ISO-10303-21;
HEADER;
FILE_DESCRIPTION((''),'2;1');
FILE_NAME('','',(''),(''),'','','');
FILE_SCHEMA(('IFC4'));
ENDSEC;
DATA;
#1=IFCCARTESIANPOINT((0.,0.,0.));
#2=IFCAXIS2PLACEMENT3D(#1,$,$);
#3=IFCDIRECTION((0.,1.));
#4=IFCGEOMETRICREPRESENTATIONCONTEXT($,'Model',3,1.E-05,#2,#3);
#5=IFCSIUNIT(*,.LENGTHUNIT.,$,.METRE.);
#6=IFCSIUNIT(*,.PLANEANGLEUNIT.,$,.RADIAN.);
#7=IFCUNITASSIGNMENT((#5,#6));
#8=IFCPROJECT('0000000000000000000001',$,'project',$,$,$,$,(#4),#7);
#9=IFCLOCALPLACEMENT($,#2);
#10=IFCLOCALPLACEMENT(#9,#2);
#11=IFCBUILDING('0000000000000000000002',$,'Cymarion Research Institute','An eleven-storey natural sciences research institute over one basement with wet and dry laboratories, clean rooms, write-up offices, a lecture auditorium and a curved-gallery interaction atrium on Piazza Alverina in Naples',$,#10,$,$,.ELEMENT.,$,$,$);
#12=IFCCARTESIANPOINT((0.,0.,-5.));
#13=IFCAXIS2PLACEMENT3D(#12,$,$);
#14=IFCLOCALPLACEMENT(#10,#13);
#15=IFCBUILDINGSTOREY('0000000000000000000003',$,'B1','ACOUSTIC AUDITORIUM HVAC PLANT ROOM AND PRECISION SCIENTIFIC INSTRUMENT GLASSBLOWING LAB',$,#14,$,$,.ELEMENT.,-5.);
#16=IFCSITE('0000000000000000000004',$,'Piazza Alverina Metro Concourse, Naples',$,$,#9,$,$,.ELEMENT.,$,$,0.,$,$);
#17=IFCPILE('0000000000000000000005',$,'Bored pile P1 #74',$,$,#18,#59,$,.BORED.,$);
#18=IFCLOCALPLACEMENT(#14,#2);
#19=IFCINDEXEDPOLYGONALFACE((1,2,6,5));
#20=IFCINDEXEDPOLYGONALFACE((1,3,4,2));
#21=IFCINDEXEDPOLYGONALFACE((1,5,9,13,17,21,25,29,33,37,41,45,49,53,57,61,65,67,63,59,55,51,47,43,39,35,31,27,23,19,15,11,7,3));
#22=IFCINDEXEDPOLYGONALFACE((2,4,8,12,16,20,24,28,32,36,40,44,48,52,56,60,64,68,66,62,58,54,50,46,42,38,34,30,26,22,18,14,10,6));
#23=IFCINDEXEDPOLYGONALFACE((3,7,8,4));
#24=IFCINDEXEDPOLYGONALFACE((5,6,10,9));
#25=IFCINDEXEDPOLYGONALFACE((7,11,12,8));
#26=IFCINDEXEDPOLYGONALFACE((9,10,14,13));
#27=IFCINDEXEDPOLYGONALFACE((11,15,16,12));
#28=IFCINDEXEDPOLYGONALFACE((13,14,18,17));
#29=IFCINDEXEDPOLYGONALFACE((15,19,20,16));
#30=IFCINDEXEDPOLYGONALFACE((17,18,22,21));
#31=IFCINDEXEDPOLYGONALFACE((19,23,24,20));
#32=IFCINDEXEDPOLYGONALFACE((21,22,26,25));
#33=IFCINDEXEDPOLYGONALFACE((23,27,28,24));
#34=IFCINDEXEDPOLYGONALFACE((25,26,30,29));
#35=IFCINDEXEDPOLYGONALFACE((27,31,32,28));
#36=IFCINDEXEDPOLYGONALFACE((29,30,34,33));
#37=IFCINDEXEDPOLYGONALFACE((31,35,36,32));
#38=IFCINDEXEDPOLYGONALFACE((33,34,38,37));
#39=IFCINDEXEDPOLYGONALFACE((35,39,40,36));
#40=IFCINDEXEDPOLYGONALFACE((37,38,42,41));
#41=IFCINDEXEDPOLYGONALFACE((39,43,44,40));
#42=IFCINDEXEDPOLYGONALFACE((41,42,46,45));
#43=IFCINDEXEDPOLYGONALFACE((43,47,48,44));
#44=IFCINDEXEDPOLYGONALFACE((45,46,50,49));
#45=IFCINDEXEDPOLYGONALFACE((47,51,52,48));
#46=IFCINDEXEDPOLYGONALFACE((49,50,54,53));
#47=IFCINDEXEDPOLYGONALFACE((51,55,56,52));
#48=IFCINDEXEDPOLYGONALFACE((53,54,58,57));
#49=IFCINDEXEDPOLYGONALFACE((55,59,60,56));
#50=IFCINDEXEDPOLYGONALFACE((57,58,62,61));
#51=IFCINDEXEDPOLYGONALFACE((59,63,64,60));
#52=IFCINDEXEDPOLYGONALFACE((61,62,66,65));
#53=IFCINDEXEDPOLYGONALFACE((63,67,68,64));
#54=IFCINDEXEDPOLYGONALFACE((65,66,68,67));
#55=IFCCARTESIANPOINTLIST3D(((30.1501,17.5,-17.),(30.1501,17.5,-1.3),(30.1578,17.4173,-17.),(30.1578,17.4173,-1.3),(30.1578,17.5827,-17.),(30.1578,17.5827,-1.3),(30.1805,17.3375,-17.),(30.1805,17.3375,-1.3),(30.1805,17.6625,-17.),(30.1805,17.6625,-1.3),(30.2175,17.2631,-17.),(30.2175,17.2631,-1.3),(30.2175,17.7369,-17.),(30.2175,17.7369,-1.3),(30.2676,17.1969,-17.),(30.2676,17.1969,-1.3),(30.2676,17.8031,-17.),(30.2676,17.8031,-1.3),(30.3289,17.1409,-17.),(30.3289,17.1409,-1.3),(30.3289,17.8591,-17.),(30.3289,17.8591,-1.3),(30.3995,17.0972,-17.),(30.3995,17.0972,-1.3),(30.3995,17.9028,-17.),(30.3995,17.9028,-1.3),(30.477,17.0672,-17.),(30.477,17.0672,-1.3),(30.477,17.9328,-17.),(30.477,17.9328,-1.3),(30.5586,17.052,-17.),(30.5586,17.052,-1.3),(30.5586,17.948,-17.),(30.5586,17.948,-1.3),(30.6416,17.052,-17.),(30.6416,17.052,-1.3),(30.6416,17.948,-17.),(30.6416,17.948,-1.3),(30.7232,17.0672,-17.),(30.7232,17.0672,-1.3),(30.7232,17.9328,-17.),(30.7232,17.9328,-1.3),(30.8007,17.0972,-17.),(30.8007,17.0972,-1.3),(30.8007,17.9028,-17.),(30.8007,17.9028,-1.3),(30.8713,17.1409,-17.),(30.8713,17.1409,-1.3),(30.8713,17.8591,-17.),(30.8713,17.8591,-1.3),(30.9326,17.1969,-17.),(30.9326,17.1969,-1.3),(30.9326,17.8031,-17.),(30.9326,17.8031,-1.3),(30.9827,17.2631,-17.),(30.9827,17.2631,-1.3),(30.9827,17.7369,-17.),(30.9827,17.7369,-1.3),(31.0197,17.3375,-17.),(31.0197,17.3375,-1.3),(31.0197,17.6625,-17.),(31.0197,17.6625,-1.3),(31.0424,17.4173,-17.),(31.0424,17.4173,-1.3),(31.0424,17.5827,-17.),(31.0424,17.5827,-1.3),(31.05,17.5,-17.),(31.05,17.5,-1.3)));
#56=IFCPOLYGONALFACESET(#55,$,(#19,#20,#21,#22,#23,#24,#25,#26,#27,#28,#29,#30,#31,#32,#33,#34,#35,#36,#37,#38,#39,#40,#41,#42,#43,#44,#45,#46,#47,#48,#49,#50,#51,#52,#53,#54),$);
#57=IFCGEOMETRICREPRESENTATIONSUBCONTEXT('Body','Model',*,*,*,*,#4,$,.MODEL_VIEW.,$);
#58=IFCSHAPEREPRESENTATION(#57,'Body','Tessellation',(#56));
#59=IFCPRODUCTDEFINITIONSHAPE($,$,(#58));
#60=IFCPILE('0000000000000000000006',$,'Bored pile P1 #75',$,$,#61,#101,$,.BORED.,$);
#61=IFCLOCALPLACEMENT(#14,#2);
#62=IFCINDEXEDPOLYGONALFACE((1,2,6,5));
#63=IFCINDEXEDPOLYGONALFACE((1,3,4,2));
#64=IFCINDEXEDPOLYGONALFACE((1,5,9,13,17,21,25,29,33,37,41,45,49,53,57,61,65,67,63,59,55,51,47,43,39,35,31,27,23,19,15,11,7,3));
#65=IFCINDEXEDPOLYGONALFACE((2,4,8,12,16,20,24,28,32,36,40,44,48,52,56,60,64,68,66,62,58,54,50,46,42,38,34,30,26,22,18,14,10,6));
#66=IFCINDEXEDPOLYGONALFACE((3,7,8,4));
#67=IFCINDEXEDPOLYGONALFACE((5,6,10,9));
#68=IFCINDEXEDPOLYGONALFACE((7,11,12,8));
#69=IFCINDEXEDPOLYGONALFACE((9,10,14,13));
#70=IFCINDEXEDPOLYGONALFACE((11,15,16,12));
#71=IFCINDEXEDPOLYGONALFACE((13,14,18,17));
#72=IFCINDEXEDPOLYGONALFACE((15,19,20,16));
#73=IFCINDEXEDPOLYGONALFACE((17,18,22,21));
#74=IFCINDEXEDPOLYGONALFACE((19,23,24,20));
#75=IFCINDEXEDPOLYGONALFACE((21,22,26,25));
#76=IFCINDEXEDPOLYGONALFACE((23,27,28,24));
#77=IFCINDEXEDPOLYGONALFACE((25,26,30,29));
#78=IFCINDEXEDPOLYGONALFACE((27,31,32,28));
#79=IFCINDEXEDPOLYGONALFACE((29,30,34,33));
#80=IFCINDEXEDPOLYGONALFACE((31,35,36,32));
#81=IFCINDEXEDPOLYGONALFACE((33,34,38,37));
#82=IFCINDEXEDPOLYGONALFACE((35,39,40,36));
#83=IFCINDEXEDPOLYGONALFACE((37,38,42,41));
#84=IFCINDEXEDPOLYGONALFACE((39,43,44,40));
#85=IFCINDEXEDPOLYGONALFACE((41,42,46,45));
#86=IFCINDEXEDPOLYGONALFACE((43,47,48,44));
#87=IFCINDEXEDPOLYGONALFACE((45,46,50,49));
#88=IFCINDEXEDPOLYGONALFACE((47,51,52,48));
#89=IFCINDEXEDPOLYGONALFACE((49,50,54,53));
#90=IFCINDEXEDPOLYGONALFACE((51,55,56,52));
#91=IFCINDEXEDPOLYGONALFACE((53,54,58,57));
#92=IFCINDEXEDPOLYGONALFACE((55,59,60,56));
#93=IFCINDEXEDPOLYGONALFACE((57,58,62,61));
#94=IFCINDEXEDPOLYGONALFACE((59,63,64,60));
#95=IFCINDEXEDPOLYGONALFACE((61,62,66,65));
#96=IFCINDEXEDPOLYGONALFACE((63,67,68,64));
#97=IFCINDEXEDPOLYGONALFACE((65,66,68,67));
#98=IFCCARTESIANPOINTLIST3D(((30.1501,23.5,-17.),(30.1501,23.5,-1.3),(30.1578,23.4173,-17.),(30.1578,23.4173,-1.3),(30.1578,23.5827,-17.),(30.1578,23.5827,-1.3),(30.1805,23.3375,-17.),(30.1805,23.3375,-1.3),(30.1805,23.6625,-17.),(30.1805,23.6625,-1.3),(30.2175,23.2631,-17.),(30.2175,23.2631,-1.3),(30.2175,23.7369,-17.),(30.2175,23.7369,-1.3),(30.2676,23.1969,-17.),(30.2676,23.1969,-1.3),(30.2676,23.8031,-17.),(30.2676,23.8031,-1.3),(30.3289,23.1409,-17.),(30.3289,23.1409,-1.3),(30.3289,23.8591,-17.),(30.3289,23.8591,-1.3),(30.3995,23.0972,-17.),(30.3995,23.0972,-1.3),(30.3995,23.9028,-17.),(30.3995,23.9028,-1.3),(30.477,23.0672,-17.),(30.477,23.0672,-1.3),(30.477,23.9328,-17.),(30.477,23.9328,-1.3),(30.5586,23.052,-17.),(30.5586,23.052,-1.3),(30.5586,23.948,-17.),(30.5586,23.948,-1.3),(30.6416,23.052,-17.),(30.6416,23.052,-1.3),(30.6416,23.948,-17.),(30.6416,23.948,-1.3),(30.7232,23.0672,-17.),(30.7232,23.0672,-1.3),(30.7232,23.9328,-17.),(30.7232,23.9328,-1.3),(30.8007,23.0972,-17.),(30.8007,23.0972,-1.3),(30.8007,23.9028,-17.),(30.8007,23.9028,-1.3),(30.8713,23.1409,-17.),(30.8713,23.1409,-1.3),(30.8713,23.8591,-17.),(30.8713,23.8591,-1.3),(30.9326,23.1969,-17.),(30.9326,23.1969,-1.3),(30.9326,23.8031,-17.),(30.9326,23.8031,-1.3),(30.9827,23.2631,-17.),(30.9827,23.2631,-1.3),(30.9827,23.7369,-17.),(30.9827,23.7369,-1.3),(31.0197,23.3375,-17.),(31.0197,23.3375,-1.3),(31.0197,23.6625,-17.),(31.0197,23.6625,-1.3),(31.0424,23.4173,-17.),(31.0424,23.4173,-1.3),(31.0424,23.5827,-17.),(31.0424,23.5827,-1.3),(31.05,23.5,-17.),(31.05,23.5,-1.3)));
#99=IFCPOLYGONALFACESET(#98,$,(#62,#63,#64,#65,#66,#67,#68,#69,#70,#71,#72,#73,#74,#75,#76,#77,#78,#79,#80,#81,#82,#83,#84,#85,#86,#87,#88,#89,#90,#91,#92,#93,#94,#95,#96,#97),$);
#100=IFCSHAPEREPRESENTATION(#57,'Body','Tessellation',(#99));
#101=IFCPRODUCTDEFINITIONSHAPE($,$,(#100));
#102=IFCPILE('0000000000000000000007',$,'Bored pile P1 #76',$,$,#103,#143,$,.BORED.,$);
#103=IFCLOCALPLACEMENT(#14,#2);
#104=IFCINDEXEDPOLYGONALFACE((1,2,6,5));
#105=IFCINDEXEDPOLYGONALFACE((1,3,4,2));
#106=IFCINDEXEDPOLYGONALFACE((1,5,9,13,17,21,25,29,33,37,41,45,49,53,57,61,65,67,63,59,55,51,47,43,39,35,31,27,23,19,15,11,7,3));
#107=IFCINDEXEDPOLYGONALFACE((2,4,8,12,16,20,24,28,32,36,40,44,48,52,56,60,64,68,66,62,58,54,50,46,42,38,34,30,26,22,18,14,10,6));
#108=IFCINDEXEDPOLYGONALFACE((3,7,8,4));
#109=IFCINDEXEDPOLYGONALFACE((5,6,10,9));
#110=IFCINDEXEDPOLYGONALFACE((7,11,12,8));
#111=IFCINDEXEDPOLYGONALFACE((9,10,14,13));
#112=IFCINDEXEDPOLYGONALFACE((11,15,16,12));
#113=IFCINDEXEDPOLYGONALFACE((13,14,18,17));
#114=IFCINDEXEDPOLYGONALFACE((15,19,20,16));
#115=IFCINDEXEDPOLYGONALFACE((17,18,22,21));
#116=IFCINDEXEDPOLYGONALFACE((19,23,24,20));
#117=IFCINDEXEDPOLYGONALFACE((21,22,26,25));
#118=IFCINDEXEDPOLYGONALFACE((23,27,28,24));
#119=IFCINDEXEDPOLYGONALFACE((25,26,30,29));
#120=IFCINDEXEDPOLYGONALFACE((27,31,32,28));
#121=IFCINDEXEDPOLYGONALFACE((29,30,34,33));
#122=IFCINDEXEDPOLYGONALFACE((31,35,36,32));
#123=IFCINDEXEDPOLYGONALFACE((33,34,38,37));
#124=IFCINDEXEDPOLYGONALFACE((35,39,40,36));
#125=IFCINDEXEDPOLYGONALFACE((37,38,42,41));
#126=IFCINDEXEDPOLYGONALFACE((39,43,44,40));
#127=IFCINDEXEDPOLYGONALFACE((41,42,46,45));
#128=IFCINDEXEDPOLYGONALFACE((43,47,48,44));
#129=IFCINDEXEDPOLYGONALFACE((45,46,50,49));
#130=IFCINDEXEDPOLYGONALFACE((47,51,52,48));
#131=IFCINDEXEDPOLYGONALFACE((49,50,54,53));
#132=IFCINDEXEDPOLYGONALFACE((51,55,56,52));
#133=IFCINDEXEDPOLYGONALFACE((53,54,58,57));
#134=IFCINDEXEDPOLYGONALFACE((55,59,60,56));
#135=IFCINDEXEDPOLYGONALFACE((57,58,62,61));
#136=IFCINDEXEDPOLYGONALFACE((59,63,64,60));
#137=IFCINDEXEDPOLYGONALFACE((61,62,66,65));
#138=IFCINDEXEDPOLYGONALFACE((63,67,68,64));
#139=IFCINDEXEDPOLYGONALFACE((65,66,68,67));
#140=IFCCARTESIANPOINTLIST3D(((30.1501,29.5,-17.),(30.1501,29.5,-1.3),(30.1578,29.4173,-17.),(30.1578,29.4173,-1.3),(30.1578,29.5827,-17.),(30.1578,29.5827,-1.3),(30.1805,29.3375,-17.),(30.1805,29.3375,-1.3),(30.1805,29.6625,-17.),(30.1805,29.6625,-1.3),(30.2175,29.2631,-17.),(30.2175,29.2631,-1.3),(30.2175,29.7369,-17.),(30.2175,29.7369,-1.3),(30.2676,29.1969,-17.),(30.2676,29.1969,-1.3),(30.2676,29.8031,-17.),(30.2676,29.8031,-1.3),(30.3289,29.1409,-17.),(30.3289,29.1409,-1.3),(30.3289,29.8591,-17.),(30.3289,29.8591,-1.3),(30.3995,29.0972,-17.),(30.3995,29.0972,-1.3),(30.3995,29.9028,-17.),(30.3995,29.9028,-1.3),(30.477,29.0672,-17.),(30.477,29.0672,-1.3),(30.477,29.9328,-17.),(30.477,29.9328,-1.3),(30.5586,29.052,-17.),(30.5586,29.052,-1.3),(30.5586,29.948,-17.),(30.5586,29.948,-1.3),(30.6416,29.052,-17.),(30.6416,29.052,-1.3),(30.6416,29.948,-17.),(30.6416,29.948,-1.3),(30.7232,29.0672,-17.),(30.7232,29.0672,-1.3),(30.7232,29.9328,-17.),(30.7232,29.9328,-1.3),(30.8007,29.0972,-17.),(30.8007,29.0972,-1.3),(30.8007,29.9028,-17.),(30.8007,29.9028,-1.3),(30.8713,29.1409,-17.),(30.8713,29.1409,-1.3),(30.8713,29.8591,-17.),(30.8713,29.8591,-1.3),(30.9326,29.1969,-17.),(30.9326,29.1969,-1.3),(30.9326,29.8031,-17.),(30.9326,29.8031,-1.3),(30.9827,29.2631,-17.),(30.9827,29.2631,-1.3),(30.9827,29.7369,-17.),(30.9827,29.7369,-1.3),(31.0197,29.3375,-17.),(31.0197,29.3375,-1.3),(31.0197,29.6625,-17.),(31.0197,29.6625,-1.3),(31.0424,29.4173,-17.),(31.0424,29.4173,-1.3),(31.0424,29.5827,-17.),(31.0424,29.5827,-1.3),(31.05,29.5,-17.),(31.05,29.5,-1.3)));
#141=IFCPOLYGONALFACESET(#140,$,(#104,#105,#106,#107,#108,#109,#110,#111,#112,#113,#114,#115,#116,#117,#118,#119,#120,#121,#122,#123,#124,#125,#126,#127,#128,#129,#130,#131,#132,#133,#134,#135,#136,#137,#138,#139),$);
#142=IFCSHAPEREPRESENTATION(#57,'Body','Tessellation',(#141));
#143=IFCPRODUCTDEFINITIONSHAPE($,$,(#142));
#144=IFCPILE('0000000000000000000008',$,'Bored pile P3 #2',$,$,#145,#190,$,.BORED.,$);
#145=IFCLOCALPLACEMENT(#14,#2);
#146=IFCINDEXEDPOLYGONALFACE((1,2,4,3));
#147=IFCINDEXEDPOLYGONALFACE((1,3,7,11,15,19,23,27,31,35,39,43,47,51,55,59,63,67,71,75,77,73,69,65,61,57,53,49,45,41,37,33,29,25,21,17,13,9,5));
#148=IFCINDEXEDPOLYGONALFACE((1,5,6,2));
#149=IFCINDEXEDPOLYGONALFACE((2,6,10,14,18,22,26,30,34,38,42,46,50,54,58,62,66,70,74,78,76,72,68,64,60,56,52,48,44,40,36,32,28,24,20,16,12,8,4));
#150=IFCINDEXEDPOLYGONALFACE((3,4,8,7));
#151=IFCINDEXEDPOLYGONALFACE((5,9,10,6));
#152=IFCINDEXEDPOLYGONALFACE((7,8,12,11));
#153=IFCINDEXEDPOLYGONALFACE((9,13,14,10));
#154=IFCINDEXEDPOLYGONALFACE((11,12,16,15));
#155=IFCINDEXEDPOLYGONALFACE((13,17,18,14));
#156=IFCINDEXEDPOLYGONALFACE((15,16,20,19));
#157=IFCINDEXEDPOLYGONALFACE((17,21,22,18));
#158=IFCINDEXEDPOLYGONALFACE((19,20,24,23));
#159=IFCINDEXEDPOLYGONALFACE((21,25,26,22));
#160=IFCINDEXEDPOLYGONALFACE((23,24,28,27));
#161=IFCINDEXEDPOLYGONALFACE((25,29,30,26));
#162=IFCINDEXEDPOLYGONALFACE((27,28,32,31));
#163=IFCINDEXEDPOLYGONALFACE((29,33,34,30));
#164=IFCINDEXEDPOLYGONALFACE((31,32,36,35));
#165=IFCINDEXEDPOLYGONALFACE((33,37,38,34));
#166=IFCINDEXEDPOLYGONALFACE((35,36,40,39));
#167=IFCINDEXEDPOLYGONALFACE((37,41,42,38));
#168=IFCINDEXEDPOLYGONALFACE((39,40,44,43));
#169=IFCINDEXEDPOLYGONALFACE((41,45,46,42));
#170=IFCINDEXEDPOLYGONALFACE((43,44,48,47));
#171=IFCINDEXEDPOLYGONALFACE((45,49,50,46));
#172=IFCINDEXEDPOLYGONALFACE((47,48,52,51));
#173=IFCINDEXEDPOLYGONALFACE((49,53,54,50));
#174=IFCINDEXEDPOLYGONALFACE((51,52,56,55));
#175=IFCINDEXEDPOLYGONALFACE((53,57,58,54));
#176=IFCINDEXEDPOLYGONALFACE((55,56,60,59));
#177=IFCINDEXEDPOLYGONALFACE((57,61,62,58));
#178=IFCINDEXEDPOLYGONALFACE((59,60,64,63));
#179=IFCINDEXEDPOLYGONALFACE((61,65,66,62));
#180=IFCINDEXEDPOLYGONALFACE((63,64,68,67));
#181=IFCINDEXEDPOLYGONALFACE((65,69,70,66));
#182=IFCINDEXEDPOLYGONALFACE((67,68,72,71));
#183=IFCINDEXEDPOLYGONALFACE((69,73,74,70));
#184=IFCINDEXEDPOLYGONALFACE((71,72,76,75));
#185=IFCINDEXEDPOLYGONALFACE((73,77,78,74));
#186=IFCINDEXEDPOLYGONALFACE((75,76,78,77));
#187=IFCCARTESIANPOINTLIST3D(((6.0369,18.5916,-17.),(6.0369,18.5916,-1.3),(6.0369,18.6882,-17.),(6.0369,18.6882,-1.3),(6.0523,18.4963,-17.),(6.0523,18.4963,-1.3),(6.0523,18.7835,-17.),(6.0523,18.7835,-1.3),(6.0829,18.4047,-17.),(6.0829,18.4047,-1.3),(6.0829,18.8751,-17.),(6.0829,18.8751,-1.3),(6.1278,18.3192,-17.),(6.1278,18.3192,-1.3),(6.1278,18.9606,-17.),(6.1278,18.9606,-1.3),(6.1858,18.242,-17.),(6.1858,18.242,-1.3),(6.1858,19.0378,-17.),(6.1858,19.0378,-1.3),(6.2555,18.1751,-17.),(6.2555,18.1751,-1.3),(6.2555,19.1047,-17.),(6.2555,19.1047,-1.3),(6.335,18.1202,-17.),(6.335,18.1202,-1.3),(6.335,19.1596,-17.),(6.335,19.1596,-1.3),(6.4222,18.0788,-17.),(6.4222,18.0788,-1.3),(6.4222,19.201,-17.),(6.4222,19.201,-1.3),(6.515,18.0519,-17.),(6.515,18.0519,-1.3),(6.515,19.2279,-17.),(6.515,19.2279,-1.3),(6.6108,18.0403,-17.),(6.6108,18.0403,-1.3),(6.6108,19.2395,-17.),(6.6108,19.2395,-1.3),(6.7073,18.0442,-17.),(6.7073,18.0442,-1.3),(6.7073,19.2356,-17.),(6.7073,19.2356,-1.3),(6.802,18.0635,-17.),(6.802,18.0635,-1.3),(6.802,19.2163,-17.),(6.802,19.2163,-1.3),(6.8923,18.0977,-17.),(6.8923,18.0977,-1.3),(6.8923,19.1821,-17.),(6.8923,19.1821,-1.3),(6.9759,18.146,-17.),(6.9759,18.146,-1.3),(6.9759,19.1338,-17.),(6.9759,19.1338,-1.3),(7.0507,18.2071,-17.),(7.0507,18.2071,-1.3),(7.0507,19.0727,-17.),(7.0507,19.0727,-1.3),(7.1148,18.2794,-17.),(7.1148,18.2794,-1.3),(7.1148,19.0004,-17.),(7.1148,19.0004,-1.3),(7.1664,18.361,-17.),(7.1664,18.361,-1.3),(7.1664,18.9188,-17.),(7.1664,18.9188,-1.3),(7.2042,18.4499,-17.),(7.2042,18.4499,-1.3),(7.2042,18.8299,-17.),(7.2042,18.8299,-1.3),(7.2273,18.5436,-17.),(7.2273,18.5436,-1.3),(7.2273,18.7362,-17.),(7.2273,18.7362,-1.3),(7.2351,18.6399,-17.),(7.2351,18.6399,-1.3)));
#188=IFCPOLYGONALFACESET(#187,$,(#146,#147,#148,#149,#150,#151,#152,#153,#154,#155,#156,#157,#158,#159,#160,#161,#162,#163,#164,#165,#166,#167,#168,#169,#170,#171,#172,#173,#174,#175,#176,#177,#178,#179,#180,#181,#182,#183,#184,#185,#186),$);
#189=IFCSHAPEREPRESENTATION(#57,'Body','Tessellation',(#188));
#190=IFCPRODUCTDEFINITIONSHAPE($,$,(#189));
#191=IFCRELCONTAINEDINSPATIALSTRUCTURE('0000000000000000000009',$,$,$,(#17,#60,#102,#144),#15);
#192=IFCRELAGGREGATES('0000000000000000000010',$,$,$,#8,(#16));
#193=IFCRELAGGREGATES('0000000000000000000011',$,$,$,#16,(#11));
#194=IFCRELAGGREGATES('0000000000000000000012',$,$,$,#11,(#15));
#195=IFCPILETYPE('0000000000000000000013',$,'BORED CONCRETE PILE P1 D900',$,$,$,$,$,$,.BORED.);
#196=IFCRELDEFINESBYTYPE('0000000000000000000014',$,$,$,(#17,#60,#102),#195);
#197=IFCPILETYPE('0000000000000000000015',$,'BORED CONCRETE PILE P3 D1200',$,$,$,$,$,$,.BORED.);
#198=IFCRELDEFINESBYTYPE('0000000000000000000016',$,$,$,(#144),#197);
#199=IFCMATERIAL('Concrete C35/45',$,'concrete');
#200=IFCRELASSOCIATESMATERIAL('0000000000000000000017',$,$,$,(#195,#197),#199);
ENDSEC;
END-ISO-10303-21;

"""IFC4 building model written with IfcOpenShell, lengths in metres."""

from ifc_helpers import new_model, si_unit, direction, frame, origin, origin_2d, place, context, subcontext, project, spatial, circle, extrude, material, material_profile, profile_set, type_object, element, save


model = new_model("IFC4")

# Units and contexts
model_context = context("Model", 3, precision=1e-05, world=origin(), true_north=direction((0.0, 1.0)))
body_context = subcontext(model_context, "Body", "Model", "MODEL_VIEW")
ifc_project = project(units=[si_unit("LENGTHUNIT", "METRE"), si_unit("PLANEANGLEUNIT", "RADIAN")], contexts=[model_context])

# Site, building, storey
site_placement = place(None, origin())
site = spatial("IfcSite", under=ifc_project, at=site_placement, Name="Piazza Alverina Metro Concourse, Naples", CompositionType="ELEMENT", RefElevation=0.0)
building_placement = place(site_placement, origin())
building = spatial("IfcBuilding", under=site, at=building_placement, Name="Cymarion Research Institute", Description="An eleven-storey natural sciences research institute over one basement with wet and dry laboratories, clean rooms, write-up offices, a lecture auditorium and a curved-gallery interaction atrium on Piazza Alverina in Naples", CompositionType="ELEMENT")
storey_placement = place(building_placement, frame((0.0, 0.0, -5.0)))
storey = spatial("IfcBuildingStorey", under=building, at=storey_placement, Name="B1", Description="ACOUSTIC AUDITORIUM HVAC PLANT ROOM AND PRECISION SCIENTIFIC INSTRUMENT GLASSBLOWING LAB", CompositionType="ELEMENT", Elevation=-5.0)

# Piles
ifc_material_1 = material(Name="Concrete C35/45", Category="concrete")
ifc_material_profile_1 = material_profile(ifc_material_1, circle(Radius=0.45, at=origin_2d()), Name="BORED PILE D900")
ifc_profile_set_1 = profile_set([ifc_material_profile_1], Name="Concrete C35/45")
pile_type_1 = type_object("IfcPileType", Name="BORED CONCRETE PILE P1 D900", PredefinedType="BORED", material=ifc_profile_set_1)
for number, where, z_axis, x_axis, name in (
    (1, (30.6001, 17.5, -1.3), (0.0, 0.0, -1.0), (1.0, 0.0, 0.0), "Bored pile P1 #74"),
    (2, (30.6001, 23.5, -1.3), (0.0, 0.0, -1.0), (1.0, 0.0, 0.0), "Bored pile P1 #75"),
    (3, (30.6001, 29.5, -1.3), (0.0, 0.0, -1.0), (1.0, 0.0, 0.0), "Bored pile P1 #76"),
):
    element("IfcPile", number, at=place(storey_placement, frame(where, z_axis=z_axis, x_axis=x_axis)), inside=storey, type_object=pile_type_1, Name=name, PredefinedType="BORED", context=body_context, shape_type="SweptSolid", body=[
        extrude(circle(Radius=0.45, at=origin_2d()), origin(), (0.0, 0.0, 1.0), 15.7),
    ])
ifc_material_profile_2 = material_profile(ifc_material_1, circle(Radius=0.6001, at=origin_2d()), Name="BORED PILE D1200")
ifc_profile_set_2 = profile_set([ifc_material_profile_2], Name="Concrete C35/45")
pile_type_2 = type_object("IfcPileType", Name="BORED CONCRETE PILE P3 D1200", PredefinedType="BORED", material=ifc_profile_set_2)
for number, where, z_axis, x_axis, name in (
    (4, (6.635, 18.6399, -1.3), (0.0, 0.0, -1.0), (1.0, 0.0, 0.0), "Bored pile P3 #2"),
):
    element("IfcPile", number, at=place(storey_placement, frame(where, z_axis=z_axis, x_axis=x_axis)), inside=storey, type_object=pile_type_2, Name=name, PredefinedType="BORED", context=body_context, shape_type="SweptSolid", body=[
        extrude(circle(Radius=0.6001, at=origin_2d()), origin(), (0.0, 0.0, 1.0), 15.7),
    ])

save(model, "model.ifc")
